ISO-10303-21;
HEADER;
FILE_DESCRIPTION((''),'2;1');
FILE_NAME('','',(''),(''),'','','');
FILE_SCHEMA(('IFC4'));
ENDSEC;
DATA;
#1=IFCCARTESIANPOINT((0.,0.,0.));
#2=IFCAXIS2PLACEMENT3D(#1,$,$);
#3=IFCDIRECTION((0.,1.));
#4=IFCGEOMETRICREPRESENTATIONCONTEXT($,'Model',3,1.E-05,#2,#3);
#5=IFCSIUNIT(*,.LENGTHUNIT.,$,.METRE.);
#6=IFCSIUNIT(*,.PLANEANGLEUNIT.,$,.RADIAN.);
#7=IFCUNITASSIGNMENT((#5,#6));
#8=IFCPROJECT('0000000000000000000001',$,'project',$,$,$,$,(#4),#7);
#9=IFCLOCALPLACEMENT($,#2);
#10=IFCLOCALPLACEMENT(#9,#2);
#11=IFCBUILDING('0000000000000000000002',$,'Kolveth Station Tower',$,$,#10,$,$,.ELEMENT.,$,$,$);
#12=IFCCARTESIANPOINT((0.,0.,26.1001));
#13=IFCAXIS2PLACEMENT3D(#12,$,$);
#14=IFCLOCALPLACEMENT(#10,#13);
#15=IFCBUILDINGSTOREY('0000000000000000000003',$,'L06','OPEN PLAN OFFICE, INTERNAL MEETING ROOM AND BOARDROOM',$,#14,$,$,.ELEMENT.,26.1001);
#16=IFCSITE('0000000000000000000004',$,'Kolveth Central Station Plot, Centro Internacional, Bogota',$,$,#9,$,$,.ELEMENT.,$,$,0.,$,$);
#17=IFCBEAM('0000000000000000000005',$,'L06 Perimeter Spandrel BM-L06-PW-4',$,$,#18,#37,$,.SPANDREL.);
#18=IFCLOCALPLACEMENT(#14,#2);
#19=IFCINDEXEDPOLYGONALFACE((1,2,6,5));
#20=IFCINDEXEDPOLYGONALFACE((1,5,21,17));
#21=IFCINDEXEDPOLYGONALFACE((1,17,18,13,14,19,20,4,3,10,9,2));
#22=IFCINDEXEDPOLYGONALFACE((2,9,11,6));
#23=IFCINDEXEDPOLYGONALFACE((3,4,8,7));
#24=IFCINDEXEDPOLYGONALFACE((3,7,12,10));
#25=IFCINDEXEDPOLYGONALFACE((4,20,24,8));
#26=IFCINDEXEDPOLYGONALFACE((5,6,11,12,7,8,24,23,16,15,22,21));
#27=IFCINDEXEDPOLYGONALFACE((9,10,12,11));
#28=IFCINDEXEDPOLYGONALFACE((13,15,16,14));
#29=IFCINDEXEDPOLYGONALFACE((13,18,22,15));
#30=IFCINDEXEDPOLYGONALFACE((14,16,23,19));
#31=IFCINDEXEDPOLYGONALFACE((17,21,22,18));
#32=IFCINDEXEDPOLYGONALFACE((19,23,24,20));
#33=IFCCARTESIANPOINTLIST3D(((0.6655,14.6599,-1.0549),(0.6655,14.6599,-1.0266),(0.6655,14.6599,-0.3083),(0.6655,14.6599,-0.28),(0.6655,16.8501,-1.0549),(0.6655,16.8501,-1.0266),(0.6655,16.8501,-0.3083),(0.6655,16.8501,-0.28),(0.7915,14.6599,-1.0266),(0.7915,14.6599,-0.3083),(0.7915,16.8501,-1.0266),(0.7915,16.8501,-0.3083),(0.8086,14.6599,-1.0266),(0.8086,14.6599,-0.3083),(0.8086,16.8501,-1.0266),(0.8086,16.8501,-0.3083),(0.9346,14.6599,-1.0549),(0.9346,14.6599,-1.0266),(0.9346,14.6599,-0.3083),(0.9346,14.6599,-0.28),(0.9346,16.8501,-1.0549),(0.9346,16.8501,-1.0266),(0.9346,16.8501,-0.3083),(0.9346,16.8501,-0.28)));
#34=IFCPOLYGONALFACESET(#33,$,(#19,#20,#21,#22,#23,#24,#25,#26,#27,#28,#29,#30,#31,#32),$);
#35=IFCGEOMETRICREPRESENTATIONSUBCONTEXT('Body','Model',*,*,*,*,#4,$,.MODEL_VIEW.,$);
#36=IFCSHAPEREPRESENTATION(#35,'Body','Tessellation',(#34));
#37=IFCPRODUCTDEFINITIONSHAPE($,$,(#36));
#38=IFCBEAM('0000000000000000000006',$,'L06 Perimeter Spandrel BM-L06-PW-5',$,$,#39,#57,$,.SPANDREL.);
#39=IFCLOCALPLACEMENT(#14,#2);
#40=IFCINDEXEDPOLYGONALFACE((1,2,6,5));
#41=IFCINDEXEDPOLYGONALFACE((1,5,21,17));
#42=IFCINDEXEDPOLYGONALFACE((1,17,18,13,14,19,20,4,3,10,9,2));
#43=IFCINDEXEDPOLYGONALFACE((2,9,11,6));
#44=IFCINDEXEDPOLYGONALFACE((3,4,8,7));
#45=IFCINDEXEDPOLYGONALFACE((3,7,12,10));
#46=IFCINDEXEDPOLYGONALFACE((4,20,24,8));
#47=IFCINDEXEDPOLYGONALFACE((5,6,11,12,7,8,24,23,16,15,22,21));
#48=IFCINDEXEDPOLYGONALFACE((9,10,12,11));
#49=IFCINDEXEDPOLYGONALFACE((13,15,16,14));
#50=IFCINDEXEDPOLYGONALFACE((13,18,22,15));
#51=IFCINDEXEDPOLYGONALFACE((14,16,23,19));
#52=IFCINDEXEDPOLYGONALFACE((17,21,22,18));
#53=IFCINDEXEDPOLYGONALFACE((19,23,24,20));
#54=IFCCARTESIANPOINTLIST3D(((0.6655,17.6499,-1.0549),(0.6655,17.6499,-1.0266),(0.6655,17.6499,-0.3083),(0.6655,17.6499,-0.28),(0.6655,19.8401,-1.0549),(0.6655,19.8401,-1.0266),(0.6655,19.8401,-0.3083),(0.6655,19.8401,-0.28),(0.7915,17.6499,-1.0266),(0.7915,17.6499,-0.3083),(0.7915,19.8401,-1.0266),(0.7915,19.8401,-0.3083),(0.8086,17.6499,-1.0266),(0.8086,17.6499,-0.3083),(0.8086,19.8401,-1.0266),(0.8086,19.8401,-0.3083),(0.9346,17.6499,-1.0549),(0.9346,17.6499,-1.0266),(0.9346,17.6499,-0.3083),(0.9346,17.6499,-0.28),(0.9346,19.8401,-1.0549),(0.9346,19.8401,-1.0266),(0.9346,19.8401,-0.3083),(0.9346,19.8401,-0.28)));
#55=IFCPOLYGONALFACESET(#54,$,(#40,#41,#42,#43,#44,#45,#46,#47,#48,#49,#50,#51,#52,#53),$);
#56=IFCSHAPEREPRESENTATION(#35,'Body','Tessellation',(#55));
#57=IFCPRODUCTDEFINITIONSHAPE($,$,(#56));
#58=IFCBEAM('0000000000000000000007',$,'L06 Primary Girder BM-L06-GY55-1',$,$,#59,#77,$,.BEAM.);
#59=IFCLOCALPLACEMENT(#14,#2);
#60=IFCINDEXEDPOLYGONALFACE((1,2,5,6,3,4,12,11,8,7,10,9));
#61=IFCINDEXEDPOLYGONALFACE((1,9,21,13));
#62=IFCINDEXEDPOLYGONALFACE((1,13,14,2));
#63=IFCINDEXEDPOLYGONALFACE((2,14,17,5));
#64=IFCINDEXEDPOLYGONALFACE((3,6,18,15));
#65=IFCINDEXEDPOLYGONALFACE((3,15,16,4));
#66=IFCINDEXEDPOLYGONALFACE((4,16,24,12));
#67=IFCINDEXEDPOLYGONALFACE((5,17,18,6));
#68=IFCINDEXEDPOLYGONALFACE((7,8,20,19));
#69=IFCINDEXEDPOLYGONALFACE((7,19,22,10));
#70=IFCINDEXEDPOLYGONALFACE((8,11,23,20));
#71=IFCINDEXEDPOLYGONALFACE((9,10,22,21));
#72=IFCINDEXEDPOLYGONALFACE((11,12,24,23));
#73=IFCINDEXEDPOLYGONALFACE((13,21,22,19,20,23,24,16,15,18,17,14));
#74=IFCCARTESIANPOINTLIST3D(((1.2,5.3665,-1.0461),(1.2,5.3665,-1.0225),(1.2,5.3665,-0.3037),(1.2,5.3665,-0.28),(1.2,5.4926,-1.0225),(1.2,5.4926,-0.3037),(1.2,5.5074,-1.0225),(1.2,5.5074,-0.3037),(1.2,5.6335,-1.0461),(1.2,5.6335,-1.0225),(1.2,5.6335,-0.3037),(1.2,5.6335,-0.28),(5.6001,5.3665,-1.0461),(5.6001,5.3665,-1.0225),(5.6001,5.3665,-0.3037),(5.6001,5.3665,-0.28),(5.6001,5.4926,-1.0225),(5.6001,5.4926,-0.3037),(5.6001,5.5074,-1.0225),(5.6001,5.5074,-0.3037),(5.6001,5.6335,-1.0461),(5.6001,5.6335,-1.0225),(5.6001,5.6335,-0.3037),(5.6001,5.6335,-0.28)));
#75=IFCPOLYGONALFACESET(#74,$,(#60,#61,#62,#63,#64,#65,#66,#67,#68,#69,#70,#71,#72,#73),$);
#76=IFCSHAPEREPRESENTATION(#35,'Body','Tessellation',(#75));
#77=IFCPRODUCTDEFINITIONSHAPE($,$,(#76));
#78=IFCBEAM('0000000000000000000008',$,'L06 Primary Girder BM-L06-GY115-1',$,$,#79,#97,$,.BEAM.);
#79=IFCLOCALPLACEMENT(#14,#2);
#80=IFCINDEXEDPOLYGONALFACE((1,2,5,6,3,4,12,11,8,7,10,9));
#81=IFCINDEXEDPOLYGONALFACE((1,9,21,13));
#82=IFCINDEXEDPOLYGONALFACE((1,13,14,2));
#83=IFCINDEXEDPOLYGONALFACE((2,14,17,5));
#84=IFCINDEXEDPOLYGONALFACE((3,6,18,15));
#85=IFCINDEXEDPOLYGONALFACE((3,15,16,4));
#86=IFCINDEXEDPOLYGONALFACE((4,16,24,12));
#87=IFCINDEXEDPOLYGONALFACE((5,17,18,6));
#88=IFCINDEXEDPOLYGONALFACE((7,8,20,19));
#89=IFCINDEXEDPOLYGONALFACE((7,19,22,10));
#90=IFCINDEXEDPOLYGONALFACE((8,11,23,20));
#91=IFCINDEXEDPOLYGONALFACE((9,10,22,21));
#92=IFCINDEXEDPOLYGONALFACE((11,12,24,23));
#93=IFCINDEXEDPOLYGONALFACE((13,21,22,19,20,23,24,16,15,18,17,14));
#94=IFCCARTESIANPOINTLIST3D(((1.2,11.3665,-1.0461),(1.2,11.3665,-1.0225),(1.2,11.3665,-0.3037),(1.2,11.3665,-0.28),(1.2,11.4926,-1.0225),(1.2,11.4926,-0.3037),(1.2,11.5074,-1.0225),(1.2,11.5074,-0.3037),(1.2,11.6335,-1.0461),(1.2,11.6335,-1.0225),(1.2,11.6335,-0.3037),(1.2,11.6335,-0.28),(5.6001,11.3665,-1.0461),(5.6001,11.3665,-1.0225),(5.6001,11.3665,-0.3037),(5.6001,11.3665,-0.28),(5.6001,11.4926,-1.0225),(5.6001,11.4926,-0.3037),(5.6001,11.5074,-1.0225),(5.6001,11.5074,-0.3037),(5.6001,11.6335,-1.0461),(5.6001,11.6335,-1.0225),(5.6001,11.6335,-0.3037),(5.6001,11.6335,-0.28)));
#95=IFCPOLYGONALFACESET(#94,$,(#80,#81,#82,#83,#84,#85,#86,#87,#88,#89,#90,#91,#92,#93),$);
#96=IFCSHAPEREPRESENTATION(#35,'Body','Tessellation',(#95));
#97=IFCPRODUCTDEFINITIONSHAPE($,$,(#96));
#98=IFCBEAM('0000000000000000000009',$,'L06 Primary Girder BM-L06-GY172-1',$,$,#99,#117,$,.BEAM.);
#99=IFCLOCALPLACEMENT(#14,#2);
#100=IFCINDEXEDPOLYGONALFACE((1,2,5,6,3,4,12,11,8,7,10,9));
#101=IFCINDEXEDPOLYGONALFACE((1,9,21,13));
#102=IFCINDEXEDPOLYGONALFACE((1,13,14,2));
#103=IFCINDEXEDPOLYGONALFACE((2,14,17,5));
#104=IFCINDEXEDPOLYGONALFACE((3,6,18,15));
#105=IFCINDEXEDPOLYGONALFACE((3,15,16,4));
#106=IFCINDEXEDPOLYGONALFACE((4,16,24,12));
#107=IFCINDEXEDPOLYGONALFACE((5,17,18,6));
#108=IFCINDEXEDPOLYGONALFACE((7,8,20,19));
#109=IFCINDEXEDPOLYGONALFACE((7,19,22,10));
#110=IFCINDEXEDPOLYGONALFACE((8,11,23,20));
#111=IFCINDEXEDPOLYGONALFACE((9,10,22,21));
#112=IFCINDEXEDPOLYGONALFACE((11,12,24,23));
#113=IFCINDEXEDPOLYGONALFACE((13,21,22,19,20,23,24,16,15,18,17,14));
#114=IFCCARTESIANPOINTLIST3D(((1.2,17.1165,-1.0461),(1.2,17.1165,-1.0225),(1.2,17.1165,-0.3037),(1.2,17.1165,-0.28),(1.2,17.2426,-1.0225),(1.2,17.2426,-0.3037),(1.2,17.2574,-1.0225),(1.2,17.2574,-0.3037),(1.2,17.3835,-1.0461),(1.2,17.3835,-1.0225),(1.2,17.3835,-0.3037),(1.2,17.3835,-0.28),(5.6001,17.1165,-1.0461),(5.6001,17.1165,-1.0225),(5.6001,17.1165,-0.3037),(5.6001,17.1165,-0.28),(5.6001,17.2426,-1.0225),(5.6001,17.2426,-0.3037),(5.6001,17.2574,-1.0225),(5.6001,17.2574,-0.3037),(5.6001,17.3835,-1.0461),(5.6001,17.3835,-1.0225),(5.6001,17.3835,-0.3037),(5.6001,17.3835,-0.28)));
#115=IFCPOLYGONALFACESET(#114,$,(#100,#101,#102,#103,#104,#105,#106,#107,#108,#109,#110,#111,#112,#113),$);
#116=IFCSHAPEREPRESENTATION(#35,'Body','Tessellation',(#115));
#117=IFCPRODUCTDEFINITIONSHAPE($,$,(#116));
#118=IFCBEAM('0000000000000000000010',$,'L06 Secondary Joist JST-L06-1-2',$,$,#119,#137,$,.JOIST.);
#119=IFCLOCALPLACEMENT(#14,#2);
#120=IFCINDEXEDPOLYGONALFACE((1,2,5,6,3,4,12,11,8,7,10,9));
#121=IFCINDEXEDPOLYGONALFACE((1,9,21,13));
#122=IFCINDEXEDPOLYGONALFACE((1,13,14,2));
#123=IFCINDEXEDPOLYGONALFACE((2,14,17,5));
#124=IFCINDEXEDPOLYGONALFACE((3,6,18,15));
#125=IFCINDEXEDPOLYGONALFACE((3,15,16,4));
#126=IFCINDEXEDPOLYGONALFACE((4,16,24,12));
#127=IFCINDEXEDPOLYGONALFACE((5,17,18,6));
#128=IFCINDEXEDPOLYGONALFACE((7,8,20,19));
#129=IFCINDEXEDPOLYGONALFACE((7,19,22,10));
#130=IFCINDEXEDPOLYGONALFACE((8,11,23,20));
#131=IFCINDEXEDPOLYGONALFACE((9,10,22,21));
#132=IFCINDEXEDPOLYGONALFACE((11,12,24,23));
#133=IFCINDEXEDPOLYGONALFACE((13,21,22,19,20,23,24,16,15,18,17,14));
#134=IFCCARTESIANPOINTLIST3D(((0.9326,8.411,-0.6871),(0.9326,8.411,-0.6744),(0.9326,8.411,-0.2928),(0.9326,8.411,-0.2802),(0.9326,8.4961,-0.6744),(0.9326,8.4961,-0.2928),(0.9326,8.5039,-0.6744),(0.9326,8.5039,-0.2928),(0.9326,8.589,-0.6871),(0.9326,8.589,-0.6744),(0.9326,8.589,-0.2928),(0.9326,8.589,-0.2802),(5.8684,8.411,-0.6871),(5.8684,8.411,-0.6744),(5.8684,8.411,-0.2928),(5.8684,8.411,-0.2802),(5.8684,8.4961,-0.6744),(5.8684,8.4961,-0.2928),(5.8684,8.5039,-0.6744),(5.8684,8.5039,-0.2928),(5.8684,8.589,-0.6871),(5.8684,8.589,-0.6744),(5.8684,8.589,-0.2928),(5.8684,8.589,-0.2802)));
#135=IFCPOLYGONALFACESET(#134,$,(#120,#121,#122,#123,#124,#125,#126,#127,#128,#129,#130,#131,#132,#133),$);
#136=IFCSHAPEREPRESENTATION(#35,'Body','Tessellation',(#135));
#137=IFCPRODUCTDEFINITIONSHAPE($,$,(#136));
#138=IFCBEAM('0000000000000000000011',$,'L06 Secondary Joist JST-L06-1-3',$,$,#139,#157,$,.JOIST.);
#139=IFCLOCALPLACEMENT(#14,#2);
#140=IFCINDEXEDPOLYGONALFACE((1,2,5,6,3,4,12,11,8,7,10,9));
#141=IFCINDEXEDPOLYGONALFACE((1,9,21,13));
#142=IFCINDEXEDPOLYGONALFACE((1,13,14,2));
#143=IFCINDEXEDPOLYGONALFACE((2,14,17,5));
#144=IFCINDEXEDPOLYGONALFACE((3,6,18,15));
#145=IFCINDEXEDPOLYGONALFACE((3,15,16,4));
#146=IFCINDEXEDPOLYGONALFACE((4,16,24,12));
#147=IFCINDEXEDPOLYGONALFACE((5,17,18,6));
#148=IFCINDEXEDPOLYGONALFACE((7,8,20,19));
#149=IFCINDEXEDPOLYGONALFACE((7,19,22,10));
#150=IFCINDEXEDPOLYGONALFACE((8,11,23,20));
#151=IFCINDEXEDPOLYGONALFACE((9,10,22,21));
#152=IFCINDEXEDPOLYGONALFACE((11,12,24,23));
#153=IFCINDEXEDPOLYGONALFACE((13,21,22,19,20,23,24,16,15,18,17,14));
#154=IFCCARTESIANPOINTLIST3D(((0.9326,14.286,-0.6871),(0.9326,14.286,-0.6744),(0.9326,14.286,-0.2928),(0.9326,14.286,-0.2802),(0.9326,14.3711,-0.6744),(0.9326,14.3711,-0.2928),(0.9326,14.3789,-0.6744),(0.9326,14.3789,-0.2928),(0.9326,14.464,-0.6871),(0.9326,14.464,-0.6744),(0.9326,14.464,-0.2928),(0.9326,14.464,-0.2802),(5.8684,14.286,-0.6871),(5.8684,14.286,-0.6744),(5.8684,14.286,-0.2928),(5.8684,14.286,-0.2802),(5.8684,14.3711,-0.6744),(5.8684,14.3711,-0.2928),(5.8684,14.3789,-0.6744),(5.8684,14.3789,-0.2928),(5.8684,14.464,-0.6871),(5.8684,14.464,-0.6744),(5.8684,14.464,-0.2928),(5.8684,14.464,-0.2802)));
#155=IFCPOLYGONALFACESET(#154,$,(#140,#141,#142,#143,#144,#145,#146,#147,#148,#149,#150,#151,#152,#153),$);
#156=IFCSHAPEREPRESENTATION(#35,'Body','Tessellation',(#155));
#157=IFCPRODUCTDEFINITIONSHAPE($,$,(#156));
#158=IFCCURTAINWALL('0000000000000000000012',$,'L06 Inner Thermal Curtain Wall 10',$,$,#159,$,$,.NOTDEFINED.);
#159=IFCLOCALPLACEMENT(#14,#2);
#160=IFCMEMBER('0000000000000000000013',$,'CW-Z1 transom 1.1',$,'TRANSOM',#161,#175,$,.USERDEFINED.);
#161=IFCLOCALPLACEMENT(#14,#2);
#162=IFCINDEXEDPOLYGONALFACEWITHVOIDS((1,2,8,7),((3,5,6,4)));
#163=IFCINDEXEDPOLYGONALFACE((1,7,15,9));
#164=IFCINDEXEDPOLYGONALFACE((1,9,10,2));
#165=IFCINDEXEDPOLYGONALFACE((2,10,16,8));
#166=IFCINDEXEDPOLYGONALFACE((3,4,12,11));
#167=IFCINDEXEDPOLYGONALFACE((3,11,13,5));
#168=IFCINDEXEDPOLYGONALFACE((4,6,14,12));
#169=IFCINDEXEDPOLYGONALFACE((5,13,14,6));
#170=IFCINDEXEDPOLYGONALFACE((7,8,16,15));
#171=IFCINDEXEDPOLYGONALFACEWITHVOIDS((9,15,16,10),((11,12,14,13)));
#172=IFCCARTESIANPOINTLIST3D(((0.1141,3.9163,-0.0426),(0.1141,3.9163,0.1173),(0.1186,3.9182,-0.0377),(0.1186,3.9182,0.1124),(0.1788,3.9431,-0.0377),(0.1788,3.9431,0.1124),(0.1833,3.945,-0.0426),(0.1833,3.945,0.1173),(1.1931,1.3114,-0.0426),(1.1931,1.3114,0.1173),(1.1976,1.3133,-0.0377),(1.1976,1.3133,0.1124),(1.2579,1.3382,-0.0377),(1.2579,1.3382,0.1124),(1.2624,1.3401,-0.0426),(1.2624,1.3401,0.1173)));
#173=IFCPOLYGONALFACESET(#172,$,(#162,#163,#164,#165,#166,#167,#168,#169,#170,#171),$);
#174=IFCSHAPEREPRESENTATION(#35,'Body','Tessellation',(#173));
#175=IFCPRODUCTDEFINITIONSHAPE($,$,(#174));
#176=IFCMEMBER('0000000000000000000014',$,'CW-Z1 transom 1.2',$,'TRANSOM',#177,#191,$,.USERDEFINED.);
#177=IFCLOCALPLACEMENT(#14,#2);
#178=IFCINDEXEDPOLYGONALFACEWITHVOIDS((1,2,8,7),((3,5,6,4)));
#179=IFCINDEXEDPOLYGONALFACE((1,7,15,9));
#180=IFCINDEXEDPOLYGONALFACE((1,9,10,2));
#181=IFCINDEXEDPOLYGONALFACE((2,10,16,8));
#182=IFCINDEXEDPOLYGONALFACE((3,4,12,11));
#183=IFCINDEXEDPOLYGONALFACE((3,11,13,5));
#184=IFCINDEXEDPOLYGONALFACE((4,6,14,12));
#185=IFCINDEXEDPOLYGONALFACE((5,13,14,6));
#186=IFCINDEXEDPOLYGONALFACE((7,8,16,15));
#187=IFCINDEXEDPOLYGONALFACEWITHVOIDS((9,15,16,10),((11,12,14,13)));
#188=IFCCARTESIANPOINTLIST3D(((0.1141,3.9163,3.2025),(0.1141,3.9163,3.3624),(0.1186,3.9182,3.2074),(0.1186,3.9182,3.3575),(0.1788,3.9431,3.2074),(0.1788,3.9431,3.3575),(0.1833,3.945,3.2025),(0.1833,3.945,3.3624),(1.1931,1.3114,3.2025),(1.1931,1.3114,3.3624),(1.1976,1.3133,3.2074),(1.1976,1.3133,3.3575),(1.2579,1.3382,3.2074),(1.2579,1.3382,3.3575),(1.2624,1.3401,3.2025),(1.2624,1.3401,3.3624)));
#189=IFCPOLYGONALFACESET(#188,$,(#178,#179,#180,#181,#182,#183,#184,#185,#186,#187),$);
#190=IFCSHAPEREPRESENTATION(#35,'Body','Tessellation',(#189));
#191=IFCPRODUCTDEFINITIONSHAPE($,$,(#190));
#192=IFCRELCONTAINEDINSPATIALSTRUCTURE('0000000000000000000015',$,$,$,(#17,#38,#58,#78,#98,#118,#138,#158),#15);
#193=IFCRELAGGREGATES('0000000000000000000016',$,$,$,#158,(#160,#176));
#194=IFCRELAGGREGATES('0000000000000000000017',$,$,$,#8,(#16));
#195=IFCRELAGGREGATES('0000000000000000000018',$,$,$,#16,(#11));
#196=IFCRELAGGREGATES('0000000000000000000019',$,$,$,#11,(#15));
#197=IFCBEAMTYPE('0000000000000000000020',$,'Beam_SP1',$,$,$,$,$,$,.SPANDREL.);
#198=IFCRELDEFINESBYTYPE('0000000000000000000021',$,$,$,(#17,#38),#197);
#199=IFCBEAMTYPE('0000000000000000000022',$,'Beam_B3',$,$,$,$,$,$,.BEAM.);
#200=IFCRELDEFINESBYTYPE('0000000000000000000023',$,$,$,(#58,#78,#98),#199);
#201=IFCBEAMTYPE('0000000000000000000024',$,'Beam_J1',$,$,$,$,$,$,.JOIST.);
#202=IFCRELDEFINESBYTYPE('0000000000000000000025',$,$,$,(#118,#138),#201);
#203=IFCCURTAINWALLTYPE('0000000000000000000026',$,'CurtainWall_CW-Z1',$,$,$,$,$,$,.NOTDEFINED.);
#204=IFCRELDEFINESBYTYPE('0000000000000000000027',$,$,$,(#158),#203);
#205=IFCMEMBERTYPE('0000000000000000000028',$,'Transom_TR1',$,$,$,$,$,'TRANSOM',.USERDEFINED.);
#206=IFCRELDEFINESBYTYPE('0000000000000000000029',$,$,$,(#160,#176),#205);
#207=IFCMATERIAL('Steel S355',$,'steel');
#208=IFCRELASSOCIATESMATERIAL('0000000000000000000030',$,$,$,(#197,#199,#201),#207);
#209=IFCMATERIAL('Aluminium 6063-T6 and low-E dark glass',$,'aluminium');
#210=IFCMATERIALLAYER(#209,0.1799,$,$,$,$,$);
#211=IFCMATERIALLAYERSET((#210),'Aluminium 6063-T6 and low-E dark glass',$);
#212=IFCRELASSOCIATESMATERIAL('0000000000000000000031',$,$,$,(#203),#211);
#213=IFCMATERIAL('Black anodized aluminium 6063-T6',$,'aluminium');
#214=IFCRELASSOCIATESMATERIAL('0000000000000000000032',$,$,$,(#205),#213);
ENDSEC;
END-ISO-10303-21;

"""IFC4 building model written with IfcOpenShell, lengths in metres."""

from ifc_helpers import new_model, si_unit, direction, frame, origin, origin_2d, place, context, subcontext, project, spatial, hollow_rectangle, i_section, extrude, source, transform, mapped, material, layer, layer_set, material_profile, profile_set, type_object, element, aggregate, save


model = new_model("IFC4")

# Units and contexts
model_context = context("Model", 3, precision=1e-05, world=origin(), true_north=direction((0.0, 1.0)))
body_context = subcontext(model_context, "Body", "Model", "MODEL_VIEW")
ifc_project = project(units=[si_unit("LENGTHUNIT", "METRE"), si_unit("PLANEANGLEUNIT", "RADIAN")], contexts=[model_context])

# Site, building, storey
site_placement = place(None, origin())
site = spatial("IfcSite", under=ifc_project, at=site_placement, Name="Kolveth Central Station Plot, Centro Internacional, Bogota", CompositionType="ELEMENT", RefElevation=0.0)
building_placement = place(site_placement, origin())
building = spatial("IfcBuilding", under=site, at=building_placement, Name="Kolveth Station Tower", CompositionType="ELEMENT")
storey_placement = place(building_placement, frame((0.0, 0.0, 26.1001)))
storey = spatial("IfcBuildingStorey", under=building, at=storey_placement, Name="L06", Description="OPEN PLAN OFFICE, INTERNAL MEETING ROOM AND BOARDROOM", CompositionType="ELEMENT", Elevation=26.1001)

# Shared definitions
ifc_material_1 = material(Name="Steel S355", Category="steel")

# Beams
ifc_material_profile_1 = material_profile(ifc_material_1, i_section(OverallWidth=0.269, OverallDepth=0.7749, WebThickness=0.0171, FlangeThickness=0.0283, at=origin_2d()), Name="W760x220")
ifc_profile_set_1 = profile_set([ifc_material_profile_1], Name="Steel S355")
beam_type_1 = type_object("IfcBeamType", Name="Beam_SP1", PredefinedType="SPANDREL", material=ifc_profile_set_1)
shared_shape_1 = source(origin(), body_context, "Body", "SweptSolid", [
    extrude(i_section(OverallWidth=0.269, OverallDepth=0.7749, WebThickness=0.0171, FlangeThickness=0.0283, at=origin_2d()), origin(), (0.0, 0.0, 1.0), 2.1902),
])
for number, where, z_axis, x_axis, name in (
    (1, (0.8, 14.6599, -0.6675), (0.0, 1.0, 0.0), (-1.0, 0.0, 0.0), "L06 Perimeter Spandrel BM-L06-PW-4"),
    (2, (0.8, 17.6499, -0.6675), (0.0, 1.0, 0.0), (-1.0, 0.0, 0.0), "L06 Perimeter Spandrel BM-L06-PW-5"),
):
    element("IfcBeam", number, at=place(storey_placement, frame(where, z_axis=z_axis, x_axis=x_axis)), inside=storey, type_object=beam_type_1, Name=name, PredefinedType="SPANDREL", context=body_context, shape_type="MappedRepresentation", body=[
        mapped(shared_shape_1, transform((0.0, 0.0, 0.0), x_axis=(1.0, 0.0, 0.0), y_axis=(0.0, 1.0, 0.0), z_axis=(0.0, 0.0, 1.0), scale=1.0)),
    ])
ifc_material_profile_2 = material_profile(ifc_material_1, i_section(OverallWidth=0.2671, OverallDepth=0.7661, WebThickness=0.0149, FlangeThickness=0.0237, at=origin_2d()), Name="W760x185")
ifc_profile_set_2 = profile_set([ifc_material_profile_2], Name="Steel S355")
beam_type_2 = type_object("IfcBeamType", Name="Beam_B3", PredefinedType="BEAM", material=ifc_profile_set_2)
shared_shape_2 = source(origin(), body_context, "Body", "SweptSolid", [
    extrude(i_section(OverallWidth=0.2671, OverallDepth=0.7661, WebThickness=0.0149, FlangeThickness=0.0237, at=origin_2d()), origin(), (0.0, 0.0, 1.0), 4.4001),
])
for number, where, z_axis, x_axis, name in (
    (3, (1.2, 5.5, -0.6631), (1.0, 0.0, 0.0), (0.0, 1.0, 0.0), "L06 Primary Girder BM-L06-GY55-1"),
    (4, (1.2, 11.5, -0.6631), (1.0, 0.0, 0.0), (0.0, 1.0, 0.0), "L06 Primary Girder BM-L06-GY115-1"),
    (5, (1.2, 17.25, -0.6631), (1.0, 0.0, 0.0), (0.0, 1.0, 0.0), "L06 Primary Girder BM-L06-GY172-1"),
):
    element("IfcBeam", number, at=place(storey_placement, frame(where, z_axis=z_axis, x_axis=x_axis)), inside=storey, type_object=beam_type_2, Name=name, PredefinedType="BEAM", context=body_context, shape_type="MappedRepresentation", body=[
        mapped(shared_shape_2, transform((0.0, 0.0, 0.0), x_axis=(1.0, 0.0, 0.0), y_axis=(0.0, 1.0, 0.0), z_axis=(0.0, 0.0, 1.0), scale=1.0)),
    ])
ifc_material_profile_3 = material_profile(ifc_material_1, i_section(OverallWidth=0.178, OverallDepth=0.407, WebThickness=0.0078, FlangeThickness=0.0127, at=origin_2d()), Name="W410x60")
ifc_profile_set_3 = profile_set([ifc_material_profile_3], Name="Steel S355")
beam_type_3 = type_object("IfcBeamType", Name="Beam_J1", PredefinedType="JOIST", material=ifc_profile_set_3)
shared_shape_3 = source(origin(), body_context, "Body", "SweptSolid", [
    extrude(i_section(OverallWidth=0.178, OverallDepth=0.407, WebThickness=0.0078, FlangeThickness=0.0127, at=origin_2d()), origin(), (0.0, 0.0, 1.0), 4.9358),
])
for number, where, z_axis, x_axis, name in (
    (6, (0.9326, 8.5, -0.4836), (1.0, 0.0, 0.0), (0.0, 1.0, 0.0), "L06 Secondary Joist JST-L06-1-2"),
    (7, (0.9326, 14.375, -0.4836), (1.0, 0.0, 0.0), (0.0, 1.0, 0.0), "L06 Secondary Joist JST-L06-1-3"),
):
    element("IfcBeam", number, at=place(storey_placement, frame(where, z_axis=z_axis, x_axis=x_axis)), inside=storey, type_object=beam_type_3, Name=name, PredefinedType="JOIST", context=body_context, shape_type="MappedRepresentation", body=[
        mapped(shared_shape_3, transform((0.0, 0.0, 0.0), x_axis=(1.0, 0.0, 0.0), y_axis=(0.0, 1.0, 0.0), z_axis=(0.0, 0.0, 1.0), scale=1.0)),
    ])

# Curtain wall, members
ifc_material_2 = material(Name="Aluminium 6063-T6 and low-E dark glass", Category="aluminium")
ifc_layer_1 = layer(ifc_material_2, 0.1799)
ifc_layer_set_1 = layer_set([ifc_layer_1], Name="Aluminium 6063-T6 and low-E dark glass")
curtain_wall_type_1 = type_object("IfcCurtainWallType", Name="CurtainWall_CW-Z1", PredefinedType="NOTDEFINED", material=ifc_layer_set_1)
curtain_wall_1_placement = place(storey_placement, origin())
curtain_wall_1 = element("IfcCurtainWall", 8, at=curtain_wall_1_placement, inside=storey, type_object=curtain_wall_type_1, Name="L06 Inner Thermal Curtain Wall 10", PredefinedType="NOTDEFINED")
ifc_material_3 = material(Name="Black anodized aluminium 6063-T6", Category="aluminium")
ifc_material_profile_4 = material_profile(ifc_material_3, hollow_rectangle(XDim=0.075, YDim=0.1599, WallThickness=0.0049, at=origin_2d()), Name="ALU-75x160x5")
ifc_profile_set_4 = profile_set([ifc_material_profile_4], Name="Black anodized aluminium 6063-T6")
member_type_1 = type_object("IfcMemberType", Name="Transom_TR1", ElementType="TRANSOM", PredefinedType="USERDEFINED", material=ifc_profile_set_4)
shared_shape_4 = source(origin(), body_context, "Body", "SweptSolid", [
    extrude(hollow_rectangle(XDim=0.075, YDim=0.1599, WallThickness=0.0049, at=origin_2d()), origin(), (0.0, 0.0, 1.0), 2.8196),
])
member_1_placement = place(storey_placement, frame((0.1487, 3.9307, 0.0374), z_axis=(0.382709, -0.923869, 0.0), x_axis=(0.923869, 0.382709, 0.0)))
member_1 = element("IfcMember", 9, at=member_1_placement, type_object=member_type_1, Name="CW-Z1 transom 1.1", ObjectType="TRANSOM", PredefinedType="USERDEFINED", context=body_context, shape_type="MappedRepresentation", body=[
    mapped(shared_shape_4, transform((0.0, 0.0, 0.0), x_axis=(1.0, 0.0, 0.0), y_axis=(0.0, 1.0, 0.0), z_axis=(0.0, 0.0, 1.0), scale=1.0)),
])
member_2_placement = place(storey_placement, frame((0.1487, 3.9307, 3.2825), z_axis=(0.382709, -0.923869, 0.0), x_axis=(0.923869, 0.382709, 0.0)))
member_2 = element("IfcMember", 10, at=member_2_placement, type_object=member_type_1, Name="CW-Z1 transom 1.2", ObjectType="TRANSOM", PredefinedType="USERDEFINED", context=body_context, shape_type="MappedRepresentation", body=[
    mapped(shared_shape_4, transform((0.0, 0.0, 0.0), x_axis=(1.0, 0.0, 0.0), y_axis=(0.0, 1.0, 0.0), z_axis=(0.0, 0.0, 1.0), scale=1.0)),
])

aggregate(curtain_wall_1, [member_1, member_2])

save(model, "model.ifc")
